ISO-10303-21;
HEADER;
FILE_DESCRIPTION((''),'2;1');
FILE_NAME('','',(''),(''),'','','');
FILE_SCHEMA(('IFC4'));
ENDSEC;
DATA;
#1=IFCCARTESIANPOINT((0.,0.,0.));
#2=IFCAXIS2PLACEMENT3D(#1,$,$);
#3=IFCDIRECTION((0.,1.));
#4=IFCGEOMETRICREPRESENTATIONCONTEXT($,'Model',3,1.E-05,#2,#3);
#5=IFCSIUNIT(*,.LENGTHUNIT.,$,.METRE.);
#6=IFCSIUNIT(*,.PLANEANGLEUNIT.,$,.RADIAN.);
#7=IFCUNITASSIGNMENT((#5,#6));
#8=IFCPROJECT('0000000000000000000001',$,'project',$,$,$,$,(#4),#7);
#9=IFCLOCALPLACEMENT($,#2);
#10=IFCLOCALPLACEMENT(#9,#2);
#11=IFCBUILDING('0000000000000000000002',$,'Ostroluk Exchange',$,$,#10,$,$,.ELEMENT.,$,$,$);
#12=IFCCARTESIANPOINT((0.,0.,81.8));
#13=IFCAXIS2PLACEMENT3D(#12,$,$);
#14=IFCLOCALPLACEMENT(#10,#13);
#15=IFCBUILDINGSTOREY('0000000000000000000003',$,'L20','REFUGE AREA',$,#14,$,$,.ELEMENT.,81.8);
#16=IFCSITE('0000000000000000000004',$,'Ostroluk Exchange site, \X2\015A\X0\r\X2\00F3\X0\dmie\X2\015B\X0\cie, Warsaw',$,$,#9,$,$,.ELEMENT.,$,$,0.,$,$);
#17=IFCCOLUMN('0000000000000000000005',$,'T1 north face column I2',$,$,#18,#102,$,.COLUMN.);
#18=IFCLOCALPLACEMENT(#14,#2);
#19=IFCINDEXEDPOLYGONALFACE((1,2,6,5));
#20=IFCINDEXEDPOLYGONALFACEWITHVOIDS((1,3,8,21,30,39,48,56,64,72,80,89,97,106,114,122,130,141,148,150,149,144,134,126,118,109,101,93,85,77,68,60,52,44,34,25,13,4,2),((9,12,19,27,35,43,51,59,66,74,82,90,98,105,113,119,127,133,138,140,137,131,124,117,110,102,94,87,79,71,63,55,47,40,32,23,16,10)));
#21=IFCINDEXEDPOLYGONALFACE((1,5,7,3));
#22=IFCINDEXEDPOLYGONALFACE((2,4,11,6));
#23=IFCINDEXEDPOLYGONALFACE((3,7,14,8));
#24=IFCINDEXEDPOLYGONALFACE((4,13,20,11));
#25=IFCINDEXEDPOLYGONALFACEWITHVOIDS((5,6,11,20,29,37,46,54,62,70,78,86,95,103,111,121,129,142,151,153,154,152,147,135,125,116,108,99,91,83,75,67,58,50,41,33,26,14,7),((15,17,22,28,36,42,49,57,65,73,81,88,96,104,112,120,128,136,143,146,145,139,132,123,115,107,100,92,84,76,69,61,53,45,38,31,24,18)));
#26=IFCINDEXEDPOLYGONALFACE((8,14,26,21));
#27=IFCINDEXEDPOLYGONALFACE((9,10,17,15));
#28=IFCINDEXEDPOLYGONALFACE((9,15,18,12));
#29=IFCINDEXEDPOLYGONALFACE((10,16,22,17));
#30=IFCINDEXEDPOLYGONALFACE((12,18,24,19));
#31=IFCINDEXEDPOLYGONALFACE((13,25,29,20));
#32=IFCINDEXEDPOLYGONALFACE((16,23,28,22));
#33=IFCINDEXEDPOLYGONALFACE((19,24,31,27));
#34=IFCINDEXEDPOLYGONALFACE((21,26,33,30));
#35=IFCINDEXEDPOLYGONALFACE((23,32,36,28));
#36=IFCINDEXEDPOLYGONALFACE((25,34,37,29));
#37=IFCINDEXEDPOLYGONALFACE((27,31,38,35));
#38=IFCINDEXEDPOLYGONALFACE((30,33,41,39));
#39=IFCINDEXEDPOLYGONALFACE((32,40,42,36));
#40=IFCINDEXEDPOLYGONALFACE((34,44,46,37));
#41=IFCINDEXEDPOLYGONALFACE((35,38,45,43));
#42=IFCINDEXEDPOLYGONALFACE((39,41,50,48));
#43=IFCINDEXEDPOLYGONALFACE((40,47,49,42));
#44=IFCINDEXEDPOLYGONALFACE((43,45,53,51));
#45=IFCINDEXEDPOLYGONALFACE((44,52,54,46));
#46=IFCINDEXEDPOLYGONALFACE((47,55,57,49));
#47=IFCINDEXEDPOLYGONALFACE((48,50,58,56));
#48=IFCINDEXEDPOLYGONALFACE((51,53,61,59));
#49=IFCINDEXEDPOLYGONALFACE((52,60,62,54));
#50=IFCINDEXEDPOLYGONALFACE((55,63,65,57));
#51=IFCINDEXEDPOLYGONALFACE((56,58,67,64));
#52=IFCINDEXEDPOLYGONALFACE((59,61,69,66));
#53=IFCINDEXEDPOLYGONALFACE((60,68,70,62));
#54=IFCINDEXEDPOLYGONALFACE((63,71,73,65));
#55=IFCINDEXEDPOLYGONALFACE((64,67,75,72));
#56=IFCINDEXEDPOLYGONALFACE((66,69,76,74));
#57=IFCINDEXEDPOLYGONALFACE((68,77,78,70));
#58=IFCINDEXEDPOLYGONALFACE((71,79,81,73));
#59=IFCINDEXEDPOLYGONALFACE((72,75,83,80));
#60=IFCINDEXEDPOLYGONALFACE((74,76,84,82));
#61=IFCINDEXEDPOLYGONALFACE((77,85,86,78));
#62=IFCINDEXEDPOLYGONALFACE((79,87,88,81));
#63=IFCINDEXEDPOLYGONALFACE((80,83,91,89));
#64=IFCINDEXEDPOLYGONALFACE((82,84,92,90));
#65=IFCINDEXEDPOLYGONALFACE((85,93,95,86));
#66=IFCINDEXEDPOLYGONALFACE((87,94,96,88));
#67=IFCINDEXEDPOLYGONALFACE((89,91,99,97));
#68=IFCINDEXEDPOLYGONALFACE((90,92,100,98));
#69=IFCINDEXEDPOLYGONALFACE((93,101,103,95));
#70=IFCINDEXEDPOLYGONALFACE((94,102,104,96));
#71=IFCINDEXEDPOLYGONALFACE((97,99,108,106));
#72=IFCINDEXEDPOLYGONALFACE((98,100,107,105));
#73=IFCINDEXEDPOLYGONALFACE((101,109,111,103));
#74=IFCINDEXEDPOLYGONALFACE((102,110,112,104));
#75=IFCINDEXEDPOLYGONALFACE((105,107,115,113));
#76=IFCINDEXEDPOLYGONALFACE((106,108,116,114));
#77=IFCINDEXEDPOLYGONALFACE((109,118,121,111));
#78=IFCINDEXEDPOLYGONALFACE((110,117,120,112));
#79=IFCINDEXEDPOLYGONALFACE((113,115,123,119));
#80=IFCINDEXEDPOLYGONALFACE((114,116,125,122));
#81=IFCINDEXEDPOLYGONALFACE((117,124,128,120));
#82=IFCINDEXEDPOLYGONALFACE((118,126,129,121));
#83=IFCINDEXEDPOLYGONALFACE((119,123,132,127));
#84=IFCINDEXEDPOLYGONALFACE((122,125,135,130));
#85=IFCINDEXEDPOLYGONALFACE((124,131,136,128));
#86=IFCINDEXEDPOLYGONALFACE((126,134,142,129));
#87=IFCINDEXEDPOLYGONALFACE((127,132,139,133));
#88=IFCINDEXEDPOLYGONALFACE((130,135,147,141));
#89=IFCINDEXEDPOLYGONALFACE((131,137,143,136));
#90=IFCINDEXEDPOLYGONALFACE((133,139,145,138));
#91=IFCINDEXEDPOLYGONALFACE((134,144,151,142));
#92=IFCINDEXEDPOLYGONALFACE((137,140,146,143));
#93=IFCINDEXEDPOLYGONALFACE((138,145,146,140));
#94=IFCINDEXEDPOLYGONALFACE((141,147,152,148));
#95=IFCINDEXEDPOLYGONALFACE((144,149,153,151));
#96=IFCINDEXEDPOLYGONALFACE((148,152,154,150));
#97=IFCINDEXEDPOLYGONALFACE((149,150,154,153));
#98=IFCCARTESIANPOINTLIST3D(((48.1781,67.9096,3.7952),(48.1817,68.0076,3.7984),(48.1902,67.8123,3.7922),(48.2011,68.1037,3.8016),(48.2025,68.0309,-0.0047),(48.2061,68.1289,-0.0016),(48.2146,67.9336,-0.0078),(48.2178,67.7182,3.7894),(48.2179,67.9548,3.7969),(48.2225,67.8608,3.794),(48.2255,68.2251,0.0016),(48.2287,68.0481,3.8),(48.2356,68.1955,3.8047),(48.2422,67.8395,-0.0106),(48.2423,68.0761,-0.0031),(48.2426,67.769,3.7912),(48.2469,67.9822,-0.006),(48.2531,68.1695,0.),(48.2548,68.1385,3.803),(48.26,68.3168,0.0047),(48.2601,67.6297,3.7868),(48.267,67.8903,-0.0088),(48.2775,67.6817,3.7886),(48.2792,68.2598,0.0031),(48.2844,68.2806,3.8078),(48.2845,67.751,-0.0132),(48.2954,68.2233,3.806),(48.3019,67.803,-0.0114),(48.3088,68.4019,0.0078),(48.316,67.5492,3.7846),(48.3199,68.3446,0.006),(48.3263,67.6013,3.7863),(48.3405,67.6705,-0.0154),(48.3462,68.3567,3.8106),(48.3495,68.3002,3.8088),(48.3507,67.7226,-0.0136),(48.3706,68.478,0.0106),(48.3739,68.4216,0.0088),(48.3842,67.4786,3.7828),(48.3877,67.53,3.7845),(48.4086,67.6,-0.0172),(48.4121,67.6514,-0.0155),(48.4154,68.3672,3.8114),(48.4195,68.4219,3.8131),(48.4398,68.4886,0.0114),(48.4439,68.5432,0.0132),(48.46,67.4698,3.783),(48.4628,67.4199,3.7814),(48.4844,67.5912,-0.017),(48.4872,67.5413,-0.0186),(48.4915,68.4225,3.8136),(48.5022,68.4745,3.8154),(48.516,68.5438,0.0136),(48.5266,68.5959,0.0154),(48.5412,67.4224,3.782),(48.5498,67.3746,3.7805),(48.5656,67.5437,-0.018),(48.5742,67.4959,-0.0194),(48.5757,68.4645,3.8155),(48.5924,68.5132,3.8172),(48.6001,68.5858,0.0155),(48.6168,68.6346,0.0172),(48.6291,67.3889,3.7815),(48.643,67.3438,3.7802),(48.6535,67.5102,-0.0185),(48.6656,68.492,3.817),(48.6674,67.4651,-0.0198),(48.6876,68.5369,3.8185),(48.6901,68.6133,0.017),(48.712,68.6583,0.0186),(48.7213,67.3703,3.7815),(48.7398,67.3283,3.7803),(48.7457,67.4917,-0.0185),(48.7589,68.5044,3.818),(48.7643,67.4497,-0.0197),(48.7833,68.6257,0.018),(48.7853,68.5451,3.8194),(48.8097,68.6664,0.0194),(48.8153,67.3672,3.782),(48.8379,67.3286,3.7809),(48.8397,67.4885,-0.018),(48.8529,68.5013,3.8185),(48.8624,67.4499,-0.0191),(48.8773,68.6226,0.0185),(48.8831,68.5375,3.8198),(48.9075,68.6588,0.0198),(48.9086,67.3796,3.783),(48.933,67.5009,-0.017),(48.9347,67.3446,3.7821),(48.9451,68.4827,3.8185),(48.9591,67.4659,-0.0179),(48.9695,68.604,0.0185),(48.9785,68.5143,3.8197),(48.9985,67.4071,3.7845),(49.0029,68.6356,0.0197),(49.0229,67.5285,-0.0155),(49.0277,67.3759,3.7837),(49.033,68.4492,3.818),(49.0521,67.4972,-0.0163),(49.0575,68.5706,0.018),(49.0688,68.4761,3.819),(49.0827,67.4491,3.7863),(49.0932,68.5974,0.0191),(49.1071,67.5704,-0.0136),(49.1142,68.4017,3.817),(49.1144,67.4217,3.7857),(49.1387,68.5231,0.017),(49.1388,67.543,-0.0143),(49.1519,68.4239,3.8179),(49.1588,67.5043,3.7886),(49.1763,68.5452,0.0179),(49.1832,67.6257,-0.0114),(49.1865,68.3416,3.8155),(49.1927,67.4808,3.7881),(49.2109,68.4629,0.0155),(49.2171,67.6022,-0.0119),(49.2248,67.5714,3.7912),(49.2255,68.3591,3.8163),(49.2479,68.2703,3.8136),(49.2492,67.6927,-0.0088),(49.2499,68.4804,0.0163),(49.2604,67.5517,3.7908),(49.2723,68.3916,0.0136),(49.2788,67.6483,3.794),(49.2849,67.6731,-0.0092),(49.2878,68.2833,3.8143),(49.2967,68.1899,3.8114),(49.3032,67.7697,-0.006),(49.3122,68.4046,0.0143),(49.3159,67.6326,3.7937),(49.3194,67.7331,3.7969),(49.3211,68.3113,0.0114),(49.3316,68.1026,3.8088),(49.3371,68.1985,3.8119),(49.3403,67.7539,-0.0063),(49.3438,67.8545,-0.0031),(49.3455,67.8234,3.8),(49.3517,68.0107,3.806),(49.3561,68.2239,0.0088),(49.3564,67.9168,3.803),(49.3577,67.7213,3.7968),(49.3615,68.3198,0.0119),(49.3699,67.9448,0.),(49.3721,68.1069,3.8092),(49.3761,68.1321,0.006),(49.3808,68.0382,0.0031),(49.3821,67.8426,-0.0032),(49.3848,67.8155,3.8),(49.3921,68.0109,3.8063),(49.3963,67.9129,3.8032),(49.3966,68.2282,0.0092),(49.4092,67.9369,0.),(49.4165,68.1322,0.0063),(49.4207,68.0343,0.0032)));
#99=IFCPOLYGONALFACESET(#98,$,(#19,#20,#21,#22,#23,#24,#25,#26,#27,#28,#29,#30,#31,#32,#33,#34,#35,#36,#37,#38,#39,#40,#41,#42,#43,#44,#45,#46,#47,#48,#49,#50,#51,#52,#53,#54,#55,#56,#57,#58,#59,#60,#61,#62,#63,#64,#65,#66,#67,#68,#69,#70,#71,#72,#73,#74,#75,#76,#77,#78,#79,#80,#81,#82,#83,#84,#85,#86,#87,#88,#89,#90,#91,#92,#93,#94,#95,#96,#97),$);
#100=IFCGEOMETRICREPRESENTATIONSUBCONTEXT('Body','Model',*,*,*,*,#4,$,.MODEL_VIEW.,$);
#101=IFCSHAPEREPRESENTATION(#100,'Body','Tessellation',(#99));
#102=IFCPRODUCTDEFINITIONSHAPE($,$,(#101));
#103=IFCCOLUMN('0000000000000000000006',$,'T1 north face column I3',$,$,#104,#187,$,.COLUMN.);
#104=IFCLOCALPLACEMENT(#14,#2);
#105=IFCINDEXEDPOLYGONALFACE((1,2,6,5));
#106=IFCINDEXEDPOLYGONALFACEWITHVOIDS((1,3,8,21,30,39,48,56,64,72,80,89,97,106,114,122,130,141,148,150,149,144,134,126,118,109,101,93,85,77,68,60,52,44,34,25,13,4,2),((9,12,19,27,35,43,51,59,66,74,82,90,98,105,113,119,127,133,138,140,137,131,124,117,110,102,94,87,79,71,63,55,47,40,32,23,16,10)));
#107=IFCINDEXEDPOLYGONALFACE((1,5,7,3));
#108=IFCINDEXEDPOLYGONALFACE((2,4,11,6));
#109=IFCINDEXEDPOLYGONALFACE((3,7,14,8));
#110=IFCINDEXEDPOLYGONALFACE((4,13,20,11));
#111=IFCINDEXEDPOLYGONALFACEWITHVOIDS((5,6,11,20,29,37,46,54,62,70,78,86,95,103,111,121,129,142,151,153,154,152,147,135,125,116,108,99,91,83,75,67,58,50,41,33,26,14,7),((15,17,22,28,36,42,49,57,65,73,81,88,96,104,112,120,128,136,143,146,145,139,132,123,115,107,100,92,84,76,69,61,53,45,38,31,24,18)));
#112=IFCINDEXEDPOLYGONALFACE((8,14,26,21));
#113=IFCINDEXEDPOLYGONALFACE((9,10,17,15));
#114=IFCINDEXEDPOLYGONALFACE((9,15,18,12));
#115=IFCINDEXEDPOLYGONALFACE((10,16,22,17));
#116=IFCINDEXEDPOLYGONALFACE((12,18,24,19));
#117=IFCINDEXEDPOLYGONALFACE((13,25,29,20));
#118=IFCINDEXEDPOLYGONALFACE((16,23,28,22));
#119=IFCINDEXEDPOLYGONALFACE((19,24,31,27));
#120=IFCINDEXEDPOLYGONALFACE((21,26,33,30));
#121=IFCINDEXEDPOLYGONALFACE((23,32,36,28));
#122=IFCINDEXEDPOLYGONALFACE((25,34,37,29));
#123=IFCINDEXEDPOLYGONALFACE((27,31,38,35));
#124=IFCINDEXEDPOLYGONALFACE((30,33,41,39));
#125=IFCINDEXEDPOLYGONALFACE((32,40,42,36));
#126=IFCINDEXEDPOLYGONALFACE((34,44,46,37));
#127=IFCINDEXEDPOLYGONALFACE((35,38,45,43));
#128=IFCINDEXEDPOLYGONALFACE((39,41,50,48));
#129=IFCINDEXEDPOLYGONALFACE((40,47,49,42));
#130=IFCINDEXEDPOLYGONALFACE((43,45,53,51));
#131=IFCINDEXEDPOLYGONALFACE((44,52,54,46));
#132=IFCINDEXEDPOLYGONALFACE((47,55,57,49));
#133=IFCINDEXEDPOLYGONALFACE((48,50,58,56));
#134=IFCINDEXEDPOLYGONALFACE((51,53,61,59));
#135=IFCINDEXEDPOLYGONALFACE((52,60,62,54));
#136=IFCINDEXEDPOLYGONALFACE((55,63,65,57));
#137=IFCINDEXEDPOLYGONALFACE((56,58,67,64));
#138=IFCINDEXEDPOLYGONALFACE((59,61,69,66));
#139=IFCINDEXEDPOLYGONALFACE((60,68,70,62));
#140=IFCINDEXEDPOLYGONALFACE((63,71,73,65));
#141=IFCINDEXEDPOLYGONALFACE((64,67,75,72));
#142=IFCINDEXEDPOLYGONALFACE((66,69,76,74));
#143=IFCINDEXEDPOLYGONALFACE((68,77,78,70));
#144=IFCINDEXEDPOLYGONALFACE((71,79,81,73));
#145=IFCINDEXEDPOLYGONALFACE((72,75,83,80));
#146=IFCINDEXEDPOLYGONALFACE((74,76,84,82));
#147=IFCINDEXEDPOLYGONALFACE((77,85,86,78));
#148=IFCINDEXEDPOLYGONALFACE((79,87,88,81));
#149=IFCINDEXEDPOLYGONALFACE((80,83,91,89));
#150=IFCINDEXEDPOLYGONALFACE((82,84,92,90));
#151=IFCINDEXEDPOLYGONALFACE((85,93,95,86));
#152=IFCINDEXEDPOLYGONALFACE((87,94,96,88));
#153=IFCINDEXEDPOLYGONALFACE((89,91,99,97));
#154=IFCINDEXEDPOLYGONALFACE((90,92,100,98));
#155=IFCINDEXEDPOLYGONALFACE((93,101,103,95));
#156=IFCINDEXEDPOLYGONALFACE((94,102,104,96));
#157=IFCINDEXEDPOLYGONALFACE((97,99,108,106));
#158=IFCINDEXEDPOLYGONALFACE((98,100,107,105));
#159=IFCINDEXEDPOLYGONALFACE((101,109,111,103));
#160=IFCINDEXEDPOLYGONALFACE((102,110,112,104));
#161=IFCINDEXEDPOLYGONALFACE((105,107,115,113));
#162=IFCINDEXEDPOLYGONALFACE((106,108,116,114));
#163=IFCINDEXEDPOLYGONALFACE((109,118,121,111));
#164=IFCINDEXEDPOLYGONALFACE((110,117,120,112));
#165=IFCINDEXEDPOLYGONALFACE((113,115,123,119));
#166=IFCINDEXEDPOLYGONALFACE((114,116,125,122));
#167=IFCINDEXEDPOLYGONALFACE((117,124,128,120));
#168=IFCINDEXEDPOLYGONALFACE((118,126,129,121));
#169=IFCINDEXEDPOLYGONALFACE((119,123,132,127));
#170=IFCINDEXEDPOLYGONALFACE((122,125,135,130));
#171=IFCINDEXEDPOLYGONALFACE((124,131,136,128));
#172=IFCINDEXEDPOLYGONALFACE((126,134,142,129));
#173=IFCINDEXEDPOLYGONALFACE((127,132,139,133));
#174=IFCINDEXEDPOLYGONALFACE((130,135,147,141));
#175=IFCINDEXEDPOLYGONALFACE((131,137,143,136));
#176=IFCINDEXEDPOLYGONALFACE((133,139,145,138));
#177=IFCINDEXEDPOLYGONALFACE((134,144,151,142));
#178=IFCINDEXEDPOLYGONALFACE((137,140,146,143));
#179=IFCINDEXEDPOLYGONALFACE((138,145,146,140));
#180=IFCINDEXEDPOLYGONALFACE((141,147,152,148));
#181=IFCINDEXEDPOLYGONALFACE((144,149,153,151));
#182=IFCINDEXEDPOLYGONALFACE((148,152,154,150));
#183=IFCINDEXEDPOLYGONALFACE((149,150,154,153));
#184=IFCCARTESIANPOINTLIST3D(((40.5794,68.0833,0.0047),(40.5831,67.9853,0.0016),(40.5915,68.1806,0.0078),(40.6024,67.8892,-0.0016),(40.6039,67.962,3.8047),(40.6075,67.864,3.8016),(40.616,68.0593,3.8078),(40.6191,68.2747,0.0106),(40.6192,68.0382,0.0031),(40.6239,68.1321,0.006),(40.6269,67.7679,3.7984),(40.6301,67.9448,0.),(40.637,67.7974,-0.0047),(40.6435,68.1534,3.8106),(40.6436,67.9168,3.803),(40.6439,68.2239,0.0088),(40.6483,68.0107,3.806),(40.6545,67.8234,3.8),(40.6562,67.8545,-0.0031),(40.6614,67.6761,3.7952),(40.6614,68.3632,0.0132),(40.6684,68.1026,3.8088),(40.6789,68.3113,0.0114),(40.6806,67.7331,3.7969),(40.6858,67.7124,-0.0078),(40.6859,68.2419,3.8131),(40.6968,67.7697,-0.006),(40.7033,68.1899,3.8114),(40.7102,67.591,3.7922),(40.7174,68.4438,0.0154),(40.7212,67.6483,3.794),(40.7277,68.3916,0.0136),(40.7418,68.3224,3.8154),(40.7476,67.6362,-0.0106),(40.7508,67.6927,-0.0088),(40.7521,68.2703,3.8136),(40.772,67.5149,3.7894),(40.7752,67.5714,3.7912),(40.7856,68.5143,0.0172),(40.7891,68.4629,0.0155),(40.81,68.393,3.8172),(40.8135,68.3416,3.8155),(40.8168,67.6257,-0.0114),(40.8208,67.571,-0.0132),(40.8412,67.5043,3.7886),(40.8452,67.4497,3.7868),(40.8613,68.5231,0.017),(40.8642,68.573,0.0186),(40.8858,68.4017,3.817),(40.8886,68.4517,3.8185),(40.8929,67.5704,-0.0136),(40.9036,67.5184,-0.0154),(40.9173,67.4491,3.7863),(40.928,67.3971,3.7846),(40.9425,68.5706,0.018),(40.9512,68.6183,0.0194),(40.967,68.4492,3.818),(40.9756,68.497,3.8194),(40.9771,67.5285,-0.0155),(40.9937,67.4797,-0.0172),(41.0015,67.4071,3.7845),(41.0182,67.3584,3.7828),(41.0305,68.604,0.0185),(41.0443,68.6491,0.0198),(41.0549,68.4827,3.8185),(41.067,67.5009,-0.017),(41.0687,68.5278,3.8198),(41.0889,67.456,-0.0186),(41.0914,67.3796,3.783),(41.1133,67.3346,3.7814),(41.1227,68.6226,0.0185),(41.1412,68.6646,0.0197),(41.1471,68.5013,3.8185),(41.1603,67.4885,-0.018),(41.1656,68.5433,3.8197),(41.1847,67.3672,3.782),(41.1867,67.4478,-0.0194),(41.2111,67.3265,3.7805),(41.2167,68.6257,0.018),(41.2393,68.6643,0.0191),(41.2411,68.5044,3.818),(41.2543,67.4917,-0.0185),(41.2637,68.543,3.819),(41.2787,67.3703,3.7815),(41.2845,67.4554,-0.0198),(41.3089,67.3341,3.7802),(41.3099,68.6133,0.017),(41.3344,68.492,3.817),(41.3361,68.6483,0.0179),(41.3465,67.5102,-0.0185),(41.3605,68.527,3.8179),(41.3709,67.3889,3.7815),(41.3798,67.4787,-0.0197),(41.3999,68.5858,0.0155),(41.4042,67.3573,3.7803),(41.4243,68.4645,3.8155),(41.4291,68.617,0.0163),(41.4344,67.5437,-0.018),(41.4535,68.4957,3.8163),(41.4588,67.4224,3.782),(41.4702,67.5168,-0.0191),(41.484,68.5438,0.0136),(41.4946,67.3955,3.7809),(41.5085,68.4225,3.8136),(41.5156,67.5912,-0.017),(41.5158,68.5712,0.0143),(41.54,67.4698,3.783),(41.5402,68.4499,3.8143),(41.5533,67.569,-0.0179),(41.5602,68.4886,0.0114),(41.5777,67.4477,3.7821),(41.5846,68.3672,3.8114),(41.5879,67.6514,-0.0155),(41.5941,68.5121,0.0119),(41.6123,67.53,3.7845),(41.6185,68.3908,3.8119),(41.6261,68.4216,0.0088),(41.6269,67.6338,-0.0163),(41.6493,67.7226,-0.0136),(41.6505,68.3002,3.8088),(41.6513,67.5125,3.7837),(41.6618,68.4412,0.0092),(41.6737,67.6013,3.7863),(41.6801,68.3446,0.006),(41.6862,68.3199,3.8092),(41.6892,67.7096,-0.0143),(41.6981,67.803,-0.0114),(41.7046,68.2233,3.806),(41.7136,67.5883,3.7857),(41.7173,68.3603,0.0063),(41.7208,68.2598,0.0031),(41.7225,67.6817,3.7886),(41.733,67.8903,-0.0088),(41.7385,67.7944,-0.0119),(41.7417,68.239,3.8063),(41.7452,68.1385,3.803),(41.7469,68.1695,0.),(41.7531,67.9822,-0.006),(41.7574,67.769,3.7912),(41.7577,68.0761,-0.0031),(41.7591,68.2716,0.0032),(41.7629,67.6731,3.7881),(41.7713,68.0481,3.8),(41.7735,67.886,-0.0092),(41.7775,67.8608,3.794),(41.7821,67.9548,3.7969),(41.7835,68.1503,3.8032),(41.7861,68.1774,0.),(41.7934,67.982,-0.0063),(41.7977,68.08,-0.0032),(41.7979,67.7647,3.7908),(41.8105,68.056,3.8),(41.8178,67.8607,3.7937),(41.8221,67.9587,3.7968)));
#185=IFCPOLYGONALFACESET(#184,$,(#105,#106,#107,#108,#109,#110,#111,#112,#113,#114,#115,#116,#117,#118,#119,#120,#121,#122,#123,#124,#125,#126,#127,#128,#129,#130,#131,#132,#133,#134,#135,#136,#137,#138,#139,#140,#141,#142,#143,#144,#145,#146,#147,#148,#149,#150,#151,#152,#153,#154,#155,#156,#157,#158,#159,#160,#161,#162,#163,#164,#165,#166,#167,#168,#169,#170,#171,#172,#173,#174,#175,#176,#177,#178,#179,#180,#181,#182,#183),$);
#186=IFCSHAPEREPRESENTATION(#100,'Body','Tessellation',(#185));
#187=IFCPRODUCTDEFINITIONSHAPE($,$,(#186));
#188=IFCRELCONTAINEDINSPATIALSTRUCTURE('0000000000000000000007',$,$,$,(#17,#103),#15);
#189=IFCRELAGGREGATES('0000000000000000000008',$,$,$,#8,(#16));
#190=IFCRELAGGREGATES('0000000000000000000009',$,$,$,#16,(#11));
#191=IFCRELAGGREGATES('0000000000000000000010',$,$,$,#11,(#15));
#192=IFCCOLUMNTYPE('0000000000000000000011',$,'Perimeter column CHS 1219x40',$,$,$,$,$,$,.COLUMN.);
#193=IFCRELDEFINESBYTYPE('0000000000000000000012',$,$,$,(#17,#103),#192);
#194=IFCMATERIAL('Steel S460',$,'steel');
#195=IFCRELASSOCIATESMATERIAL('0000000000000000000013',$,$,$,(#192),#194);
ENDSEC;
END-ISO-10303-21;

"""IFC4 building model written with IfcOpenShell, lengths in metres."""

from ifc_helpers import new_model, si_unit, direction, frame, origin, origin_2d, place, context, subcontext, project, spatial, hollow_circle, extrude, material, material_profile, profile_set, type_object, element, save


model = new_model("IFC4")

# Units and contexts
model_context = context("Model", 3, precision=1e-05, world=origin(), true_north=direction((0.0, 1.0)))
body_context = subcontext(model_context, "Body", "Model", "MODEL_VIEW")
ifc_project = project(units=[si_unit("LENGTHUNIT", "METRE"), si_unit("PLANEANGLEUNIT", "RADIAN")], contexts=[model_context])

# Site, building, storey
site_placement = place(None, origin())
site = spatial("IfcSite", under=ifc_project, at=site_placement, Name="Ostroluk Exchange site, Śródmieście, Warsaw", CompositionType="ELEMENT", RefElevation=0.0)
building_placement = place(site_placement, origin())
building = spatial("IfcBuilding", under=site, at=building_placement, Name="Ostroluk Exchange", CompositionType="ELEMENT")
storey_placement = place(building_placement, frame((0.0, 0.0, 81.8)))
storey = spatial("IfcBuildingStorey", under=building, at=storey_placement, Name="L20", Description="REFUGE AREA", CompositionType="ELEMENT", Elevation=81.8)

# Columns
ifc_material_1 = material(Name="Steel S460", Category="steel")
ifc_material_profile_1 = material_profile(ifc_material_1, hollow_circle(Radius=0.6096, WallThickness=0.04, at=origin_2d()), Name="CHS 1219x40")
ifc_profile_set_1 = profile_set([ifc_material_profile_1], Name="Steel S460")
column_type = type_object("IfcColumnType", Name="Perimeter column CHS 1219x40", PredefinedType="COLUMN", material=ifc_profile_set_1)
for number, where, z_axis, x_axis, name in (
    (1, (48.8115, 68.0571, 0.0), (-0.006421, -0.031914, 0.99947), (0.980352, -0.197254, 0.0), "T1 north face column I2"),
    (2, (41.1885, 68.0571, 0.0), (0.006421, -0.031914, 0.99947), (0.980352, 0.197254, 0.0), "T1 north face column I3"),
):
    element("IfcColumn", number, at=place(storey_placement, frame(where, z_axis=z_axis, x_axis=x_axis)), inside=storey, type_object=column_type, Name=name, PredefinedType="COLUMN", context=body_context, shape_type="SweptSolid", body=[
        extrude(hollow_circle(Radius=0.6096, WallThickness=0.04, at=origin_2d()), origin(), (0.0, 0.0, 1.0), 3.802),
    ])

save(model, "model.ifc")
